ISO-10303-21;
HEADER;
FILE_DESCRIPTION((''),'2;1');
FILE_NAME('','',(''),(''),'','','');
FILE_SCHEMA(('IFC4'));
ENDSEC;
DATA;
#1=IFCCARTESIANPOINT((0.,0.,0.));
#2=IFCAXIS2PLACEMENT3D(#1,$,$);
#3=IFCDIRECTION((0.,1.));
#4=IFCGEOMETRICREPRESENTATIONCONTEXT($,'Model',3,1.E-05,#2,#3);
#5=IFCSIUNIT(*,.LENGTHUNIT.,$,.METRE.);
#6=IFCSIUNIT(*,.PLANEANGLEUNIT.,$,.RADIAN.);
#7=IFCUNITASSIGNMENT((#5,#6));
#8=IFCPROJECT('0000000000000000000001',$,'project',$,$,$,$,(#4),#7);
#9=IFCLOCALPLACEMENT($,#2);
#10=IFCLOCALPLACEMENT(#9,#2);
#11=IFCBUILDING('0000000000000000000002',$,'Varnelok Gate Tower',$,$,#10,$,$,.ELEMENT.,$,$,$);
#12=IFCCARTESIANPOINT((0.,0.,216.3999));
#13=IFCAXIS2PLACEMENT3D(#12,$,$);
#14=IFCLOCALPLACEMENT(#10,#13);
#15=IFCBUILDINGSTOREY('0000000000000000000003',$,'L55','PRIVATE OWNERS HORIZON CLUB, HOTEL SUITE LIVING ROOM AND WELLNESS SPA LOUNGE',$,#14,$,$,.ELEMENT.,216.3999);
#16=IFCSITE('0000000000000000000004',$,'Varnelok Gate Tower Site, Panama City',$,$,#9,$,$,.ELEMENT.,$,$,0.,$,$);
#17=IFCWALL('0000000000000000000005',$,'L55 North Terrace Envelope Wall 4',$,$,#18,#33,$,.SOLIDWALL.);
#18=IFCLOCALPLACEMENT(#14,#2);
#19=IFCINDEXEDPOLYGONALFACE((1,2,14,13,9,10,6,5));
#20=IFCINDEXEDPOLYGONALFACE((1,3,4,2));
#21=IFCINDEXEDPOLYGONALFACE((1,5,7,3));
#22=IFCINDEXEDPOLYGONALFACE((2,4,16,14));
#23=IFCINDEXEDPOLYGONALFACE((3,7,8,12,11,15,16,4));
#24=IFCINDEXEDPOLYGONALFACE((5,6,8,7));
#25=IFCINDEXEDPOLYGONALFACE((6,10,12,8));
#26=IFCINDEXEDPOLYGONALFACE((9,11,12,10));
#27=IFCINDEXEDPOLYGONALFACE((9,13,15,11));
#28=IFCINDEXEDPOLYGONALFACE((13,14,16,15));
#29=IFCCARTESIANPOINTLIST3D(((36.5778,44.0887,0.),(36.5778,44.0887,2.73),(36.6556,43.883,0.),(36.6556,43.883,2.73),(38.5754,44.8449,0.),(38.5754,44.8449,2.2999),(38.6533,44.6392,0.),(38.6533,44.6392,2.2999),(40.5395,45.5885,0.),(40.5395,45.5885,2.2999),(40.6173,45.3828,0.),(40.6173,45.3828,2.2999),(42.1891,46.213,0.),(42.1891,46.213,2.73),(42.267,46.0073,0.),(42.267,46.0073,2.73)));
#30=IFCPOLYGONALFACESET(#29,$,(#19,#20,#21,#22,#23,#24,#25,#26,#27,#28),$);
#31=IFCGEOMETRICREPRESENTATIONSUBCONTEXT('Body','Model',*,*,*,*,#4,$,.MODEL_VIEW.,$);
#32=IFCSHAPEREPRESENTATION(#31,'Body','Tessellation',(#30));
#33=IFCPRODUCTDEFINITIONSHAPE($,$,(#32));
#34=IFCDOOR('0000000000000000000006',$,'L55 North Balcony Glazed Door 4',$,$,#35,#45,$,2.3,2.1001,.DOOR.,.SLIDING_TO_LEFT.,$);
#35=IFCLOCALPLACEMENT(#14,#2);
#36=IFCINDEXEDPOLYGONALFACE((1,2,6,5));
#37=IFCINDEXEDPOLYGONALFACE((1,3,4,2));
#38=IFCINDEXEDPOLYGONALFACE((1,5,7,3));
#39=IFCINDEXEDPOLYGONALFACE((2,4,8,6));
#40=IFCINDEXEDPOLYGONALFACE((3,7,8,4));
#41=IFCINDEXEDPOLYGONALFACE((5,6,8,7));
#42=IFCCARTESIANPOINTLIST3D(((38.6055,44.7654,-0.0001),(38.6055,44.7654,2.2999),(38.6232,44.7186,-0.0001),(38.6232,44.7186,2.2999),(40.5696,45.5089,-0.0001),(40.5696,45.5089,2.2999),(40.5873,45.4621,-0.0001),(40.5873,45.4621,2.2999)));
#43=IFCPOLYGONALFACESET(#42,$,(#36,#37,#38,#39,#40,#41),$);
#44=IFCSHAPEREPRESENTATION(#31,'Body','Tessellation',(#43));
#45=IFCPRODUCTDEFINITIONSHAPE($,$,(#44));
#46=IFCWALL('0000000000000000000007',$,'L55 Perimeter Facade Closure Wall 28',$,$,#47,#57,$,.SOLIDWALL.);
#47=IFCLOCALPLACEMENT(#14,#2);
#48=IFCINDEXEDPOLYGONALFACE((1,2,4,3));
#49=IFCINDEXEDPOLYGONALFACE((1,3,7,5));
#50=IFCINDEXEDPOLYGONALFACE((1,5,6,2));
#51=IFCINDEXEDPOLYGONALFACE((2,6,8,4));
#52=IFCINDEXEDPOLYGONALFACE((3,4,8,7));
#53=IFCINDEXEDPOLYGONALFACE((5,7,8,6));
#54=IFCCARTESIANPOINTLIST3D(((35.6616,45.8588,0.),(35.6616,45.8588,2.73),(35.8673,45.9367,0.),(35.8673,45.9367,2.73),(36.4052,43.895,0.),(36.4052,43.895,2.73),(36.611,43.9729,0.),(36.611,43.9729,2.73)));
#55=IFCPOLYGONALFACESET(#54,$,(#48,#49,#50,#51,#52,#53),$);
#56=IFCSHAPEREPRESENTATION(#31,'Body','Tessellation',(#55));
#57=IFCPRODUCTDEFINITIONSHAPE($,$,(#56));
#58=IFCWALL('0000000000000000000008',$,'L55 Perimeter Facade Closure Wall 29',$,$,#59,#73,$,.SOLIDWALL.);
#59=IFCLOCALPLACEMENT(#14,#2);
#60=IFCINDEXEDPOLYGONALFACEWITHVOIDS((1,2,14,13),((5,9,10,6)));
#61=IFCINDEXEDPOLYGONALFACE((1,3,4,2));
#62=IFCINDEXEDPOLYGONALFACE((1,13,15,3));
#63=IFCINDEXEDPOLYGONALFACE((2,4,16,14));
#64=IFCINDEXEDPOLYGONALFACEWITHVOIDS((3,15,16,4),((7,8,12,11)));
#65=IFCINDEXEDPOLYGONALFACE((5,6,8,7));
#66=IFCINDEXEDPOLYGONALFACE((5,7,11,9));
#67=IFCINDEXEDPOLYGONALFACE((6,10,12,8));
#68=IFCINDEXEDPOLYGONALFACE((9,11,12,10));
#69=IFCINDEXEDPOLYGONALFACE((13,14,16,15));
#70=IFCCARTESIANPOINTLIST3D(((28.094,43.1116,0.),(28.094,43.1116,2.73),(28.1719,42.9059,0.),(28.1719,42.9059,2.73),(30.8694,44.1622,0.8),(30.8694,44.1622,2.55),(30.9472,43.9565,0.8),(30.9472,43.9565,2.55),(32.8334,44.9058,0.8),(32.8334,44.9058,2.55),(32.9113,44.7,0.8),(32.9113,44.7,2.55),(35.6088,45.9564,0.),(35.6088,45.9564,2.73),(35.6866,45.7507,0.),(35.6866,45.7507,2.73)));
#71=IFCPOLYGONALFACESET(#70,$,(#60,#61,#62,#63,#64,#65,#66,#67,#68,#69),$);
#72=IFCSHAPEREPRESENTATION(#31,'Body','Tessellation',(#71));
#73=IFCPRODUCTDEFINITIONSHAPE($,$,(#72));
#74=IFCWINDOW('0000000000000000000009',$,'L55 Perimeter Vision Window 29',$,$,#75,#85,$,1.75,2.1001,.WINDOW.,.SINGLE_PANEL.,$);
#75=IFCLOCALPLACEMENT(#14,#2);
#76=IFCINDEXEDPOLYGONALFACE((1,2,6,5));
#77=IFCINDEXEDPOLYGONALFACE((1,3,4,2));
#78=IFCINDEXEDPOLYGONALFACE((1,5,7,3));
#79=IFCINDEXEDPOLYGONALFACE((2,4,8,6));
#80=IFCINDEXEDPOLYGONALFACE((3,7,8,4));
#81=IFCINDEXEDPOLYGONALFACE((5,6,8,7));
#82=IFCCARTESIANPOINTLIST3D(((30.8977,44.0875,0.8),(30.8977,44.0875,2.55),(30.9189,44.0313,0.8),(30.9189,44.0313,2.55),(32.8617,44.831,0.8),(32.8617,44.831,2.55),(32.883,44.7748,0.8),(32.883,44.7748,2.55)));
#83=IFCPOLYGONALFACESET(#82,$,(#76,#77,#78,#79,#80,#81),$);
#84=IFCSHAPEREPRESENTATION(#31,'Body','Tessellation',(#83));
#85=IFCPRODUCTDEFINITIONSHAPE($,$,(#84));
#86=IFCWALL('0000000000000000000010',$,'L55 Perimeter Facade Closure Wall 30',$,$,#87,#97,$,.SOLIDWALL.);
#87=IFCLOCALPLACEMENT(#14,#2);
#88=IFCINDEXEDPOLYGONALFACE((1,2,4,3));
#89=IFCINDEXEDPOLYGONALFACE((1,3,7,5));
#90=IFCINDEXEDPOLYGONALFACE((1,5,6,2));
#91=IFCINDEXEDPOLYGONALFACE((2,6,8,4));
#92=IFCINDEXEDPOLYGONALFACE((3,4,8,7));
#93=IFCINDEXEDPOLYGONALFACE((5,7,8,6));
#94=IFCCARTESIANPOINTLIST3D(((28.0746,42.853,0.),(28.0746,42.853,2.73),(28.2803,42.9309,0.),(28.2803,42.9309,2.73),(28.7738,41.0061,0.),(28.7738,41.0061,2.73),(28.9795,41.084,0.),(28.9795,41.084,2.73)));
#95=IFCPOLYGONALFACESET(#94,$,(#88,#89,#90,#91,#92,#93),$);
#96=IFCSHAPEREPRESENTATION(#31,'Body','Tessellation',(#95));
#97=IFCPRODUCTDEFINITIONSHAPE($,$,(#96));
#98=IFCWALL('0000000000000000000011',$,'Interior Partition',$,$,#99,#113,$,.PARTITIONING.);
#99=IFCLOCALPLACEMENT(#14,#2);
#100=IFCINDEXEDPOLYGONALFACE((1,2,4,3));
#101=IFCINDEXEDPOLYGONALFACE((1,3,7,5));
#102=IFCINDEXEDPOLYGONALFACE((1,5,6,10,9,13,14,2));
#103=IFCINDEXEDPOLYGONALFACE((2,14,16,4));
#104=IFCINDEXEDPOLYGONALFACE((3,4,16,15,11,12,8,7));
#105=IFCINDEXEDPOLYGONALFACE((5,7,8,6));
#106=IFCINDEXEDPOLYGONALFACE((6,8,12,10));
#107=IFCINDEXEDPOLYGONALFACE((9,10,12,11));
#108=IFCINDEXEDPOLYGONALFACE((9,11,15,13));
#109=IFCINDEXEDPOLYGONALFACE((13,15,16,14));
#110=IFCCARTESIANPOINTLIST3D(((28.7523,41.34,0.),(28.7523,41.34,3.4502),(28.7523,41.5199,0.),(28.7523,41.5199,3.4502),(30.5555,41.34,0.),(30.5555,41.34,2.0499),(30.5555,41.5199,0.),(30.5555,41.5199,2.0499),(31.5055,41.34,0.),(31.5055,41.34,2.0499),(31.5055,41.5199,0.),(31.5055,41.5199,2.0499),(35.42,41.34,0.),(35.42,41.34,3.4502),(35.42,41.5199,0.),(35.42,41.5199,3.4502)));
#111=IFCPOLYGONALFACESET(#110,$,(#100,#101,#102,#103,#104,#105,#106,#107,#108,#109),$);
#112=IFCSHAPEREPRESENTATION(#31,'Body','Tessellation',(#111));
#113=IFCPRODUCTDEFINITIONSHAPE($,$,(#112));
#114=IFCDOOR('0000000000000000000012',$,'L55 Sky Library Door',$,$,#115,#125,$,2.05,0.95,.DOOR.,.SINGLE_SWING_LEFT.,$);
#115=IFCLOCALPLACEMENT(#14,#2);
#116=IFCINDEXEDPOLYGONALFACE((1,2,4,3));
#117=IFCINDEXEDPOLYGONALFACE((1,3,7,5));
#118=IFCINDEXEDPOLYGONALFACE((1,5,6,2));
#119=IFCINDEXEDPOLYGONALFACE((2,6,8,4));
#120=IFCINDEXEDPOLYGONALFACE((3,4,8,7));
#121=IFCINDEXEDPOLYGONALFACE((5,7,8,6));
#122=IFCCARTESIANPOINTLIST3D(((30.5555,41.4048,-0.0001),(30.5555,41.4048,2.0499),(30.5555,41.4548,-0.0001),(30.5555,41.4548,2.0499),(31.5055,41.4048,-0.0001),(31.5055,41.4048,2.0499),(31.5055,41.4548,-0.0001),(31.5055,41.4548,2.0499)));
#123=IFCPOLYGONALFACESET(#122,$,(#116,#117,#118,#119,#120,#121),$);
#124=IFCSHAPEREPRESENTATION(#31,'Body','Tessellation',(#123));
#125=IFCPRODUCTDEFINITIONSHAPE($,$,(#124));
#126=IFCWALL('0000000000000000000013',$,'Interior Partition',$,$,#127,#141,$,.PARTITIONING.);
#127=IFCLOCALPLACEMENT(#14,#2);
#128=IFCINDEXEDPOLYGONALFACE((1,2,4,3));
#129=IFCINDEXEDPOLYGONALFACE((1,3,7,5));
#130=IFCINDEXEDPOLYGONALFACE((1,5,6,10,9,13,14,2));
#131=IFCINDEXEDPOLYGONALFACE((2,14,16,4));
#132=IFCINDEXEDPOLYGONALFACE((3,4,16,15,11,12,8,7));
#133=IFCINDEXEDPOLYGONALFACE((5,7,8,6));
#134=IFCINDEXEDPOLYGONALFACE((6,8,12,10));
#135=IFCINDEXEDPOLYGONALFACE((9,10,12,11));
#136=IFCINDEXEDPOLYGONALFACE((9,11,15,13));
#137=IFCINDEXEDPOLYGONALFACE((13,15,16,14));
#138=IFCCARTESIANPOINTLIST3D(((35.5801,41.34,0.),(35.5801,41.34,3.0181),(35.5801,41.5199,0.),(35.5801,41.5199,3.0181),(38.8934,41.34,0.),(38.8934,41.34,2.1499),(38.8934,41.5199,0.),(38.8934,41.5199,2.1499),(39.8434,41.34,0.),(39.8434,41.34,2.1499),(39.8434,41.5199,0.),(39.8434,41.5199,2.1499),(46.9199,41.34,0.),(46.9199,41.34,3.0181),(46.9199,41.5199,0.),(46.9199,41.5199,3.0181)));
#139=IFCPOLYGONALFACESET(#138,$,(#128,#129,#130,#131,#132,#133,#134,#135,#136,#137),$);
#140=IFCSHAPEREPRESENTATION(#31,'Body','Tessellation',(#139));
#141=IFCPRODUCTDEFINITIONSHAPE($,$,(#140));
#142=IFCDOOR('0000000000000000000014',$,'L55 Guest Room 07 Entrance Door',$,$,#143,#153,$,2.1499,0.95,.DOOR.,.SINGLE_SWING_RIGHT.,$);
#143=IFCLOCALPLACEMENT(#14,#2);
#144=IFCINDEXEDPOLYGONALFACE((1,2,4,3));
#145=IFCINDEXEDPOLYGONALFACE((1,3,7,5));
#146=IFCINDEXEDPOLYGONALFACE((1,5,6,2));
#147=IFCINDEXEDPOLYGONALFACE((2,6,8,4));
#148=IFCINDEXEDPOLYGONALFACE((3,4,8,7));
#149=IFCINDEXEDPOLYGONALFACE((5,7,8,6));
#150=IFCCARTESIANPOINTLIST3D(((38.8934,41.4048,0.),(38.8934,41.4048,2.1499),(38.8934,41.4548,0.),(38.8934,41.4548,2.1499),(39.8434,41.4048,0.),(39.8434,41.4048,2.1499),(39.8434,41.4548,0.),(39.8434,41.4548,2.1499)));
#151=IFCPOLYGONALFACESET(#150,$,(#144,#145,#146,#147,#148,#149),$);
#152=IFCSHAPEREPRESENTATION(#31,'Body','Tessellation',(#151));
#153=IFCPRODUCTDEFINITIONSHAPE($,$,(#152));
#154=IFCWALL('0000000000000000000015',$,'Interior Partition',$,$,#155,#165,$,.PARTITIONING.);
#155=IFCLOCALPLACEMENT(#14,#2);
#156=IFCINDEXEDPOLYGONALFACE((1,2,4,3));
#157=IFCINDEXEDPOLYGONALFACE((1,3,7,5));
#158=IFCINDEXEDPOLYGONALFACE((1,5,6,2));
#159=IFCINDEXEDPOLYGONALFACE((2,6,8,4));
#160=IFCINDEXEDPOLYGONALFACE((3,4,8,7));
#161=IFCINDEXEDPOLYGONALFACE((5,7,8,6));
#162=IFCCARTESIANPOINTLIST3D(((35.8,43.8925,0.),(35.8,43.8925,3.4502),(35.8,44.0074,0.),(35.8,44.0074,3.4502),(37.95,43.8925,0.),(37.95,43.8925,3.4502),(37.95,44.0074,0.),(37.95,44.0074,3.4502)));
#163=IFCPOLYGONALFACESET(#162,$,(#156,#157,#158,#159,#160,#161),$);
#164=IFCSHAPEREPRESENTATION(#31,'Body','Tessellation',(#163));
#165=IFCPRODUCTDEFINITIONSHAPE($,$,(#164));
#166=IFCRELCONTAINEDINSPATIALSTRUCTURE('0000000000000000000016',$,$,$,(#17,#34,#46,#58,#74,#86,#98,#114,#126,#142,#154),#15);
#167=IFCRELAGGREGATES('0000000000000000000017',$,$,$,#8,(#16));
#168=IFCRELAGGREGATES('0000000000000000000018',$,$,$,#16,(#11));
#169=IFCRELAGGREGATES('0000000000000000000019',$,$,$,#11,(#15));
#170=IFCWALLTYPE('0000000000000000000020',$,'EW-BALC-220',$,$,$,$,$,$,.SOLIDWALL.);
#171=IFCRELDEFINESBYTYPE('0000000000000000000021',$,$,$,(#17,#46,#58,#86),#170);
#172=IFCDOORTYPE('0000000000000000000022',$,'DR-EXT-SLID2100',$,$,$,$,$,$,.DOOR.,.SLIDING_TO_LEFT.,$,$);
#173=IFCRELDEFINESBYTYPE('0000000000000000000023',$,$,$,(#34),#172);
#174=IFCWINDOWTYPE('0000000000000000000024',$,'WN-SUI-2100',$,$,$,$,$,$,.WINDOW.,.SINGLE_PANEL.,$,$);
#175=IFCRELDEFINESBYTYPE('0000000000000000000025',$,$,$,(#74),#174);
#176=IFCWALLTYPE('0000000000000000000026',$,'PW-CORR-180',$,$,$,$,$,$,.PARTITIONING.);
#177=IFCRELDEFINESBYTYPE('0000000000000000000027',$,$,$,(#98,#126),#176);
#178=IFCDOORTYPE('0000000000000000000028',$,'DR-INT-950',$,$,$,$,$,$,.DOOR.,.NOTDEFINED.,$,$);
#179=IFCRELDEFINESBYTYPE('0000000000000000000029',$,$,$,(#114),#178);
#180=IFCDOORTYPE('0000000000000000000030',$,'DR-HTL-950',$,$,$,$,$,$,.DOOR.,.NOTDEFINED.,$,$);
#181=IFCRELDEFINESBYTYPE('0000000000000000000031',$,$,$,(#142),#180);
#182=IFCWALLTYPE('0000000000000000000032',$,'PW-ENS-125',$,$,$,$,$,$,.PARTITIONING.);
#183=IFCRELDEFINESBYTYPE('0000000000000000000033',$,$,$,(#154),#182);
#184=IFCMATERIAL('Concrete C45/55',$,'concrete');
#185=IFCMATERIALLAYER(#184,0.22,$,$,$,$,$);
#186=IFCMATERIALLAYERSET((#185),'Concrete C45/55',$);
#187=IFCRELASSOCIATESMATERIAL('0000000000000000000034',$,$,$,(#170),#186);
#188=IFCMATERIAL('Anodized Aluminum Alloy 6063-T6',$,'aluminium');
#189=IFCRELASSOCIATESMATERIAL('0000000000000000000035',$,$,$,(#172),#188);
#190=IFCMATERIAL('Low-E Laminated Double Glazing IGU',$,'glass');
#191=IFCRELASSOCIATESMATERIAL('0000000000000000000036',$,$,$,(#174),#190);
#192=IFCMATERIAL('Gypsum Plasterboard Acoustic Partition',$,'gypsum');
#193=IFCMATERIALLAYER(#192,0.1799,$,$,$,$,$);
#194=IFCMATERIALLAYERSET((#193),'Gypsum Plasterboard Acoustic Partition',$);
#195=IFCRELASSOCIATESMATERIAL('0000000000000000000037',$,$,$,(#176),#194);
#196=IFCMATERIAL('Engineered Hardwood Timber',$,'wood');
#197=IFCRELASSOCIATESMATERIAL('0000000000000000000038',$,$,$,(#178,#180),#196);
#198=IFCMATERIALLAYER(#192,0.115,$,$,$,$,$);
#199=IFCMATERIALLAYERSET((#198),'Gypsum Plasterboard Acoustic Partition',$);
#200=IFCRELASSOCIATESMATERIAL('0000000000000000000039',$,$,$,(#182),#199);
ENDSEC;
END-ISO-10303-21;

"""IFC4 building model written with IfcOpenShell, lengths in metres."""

from ifc_helpers import new_model, si_unit, direction, frame, frame_2d, origin, place, context, subcontext, project, spatial, rectangle, extrude, material, layer, layer_set, type_object, element, fill, save


model = new_model("IFC4")

# Units and contexts
model_context = context("Model", 3, precision=1e-05, world=origin(), true_north=direction((0.0, 1.0)))
body_context = subcontext(model_context, "Body", "Model", "MODEL_VIEW")
ifc_project = project(units=[si_unit("LENGTHUNIT", "METRE"), si_unit("PLANEANGLEUNIT", "RADIAN")], contexts=[model_context])

# Site, building, storey
site_placement = place(None, origin())
site = spatial("IfcSite", under=ifc_project, at=site_placement, Name="Varnelok Gate Tower Site, Panama City", CompositionType="ELEMENT", RefElevation=0.0)
building_placement = place(site_placement, origin())
building = spatial("IfcBuilding", under=site, at=building_placement, Name="Varnelok Gate Tower", CompositionType="ELEMENT")
storey_placement = place(building_placement, frame((0.0, 0.0, 216.3999)))
storey = spatial("IfcBuildingStorey", under=building, at=storey_placement, Name="L55", Description="PRIVATE OWNERS HORIZON CLUB, HOTEL SUITE LIVING ROOM AND WELLNESS SPA LOUNGE", CompositionType="ELEMENT", Elevation=216.3999)

# Wall, opening, door
ifc_material_1 = material(Name="Concrete C45/55", Category="concrete")
ifc_layer_1 = layer(ifc_material_1, 0.22)
ifc_layer_set_1 = layer_set([ifc_layer_1], Name="Concrete C45/55")
wall_type_1 = type_object("IfcWallType", Name="EW-BALC-220", PredefinedType="SOLIDWALL", material=ifc_layer_set_1)
wall_1_placement = place(storey_placement, frame((36.6167, 43.9858, 0.0), z_axis=(0.0, 0.0, 1.0), x_axis=(0.935228, 0.354047, 0.0)))
wall_1 = element("IfcWall", 1, at=wall_1_placement, inside=storey, type_object=wall_type_1, Name="L55 North Terrace Envelope Wall 4", PredefinedType="SOLIDWALL", context=body_context, shape_type="SweptSolid", body=[
    extrude(rectangle(XDim=6.0, YDim=0.22, at=frame_2d((3.0, 0.0))), origin(), (0.0, 0.0, 1.0), 2.73),
])
opening_1_placement = place(wall_1_placement, frame((2.136, 0.0, 0.0)))
opening_1 = element("IfcOpeningElement", 2, at=opening_1_placement, cuts=wall_1, PredefinedType="OPENING", context=body_context, shape_type="SweptSolid", body=[
    extrude(rectangle(XDim=2.1001, YDim=2.3, at=frame_2d((1.05, 1.1499))), frame((0.0, 0.1199, 0.0), z_axis=(0.0, -1.0, 0.0), x_axis=(1.0, 0.0, 0.0)), (0.0, 0.0, 1.0), 0.24),
])
ifc_material_2 = material(Name="Anodized Aluminum Alloy 6063-T6", Category="aluminium")
door_type_1 = type_object("IfcDoorType", Name="DR-EXT-SLID2100", OperationType="SLIDING_TO_LEFT", PredefinedType="DOOR", material=ifc_material_2)
door_1_placement = place(opening_1_placement, origin())
door_1 = element("IfcDoor", 3, at=door_1_placement, inside=storey, type_object=door_type_1, Name="L55 North Balcony Glazed Door 4", OperationType="SLIDING_TO_LEFT", OverallHeight=2.3, OverallWidth=2.1001, PredefinedType="DOOR", context=body_context, shape_type="SweptSolid", body=[
    extrude(rectangle(XDim=2.1001, YDim=2.3, at=frame_2d((1.05, 1.1499))), frame((0.0, 0.0249, 0.0), z_axis=(0.0, -1.0, 0.0), x_axis=(1.0, 0.0, 0.0)), (0.0, 0.0, 1.0), 0.05),
])
fill(opening_1, door_1)

# Wall
wall_2_placement = place(storey_placement, frame((36.5081, 43.9341, 0.0), z_axis=(0.0, 0.0, 1.0), x_axis=(-0.354128, 0.935197, 0.0)))
element("IfcWall", 4, at=wall_2_placement, inside=storey, type_object=wall_type_1, Name="L55 Perimeter Facade Closure Wall 28", PredefinedType="SOLIDWALL", context=body_context, shape_type="SweptSolid", body=[
    extrude(rectangle(XDim=2.0999, YDim=0.22, at=frame_2d((1.0498, 0.0))), origin(), (0.0, 0.0, 1.0), 2.73),
])

# Wall, opening, window
wall_3_placement = place(storey_placement, frame((35.6477, 45.8535, 0.0), z_axis=(0.0, 0.0, 1.0), x_axis=(-0.935231, -0.354039, 0.0)))
wall_3 = element("IfcWall", 5, at=wall_3_placement, inside=storey, type_object=wall_type_1, Name="L55 Perimeter Facade Closure Wall 29", PredefinedType="SOLIDWALL", context=body_context, shape_type="SweptSolid", body=[
    extrude(rectangle(XDim=8.0352, YDim=0.22, at=frame_2d((4.0176, 0.0))), origin(), (0.0, 0.0, 1.0), 2.73),
])
opening_2_placement = place(wall_3_placement, frame((2.9675, 0.0, 0.8)))
opening_2 = element("IfcOpeningElement", 6, at=opening_2_placement, cuts=wall_3, PredefinedType="OPENING", context=body_context, shape_type="SweptSolid", body=[
    extrude(rectangle(XDim=2.1001, YDim=1.75, at=frame_2d((1.05, 0.875))), frame((0.0, 0.1199, 0.0), z_axis=(0.0, -1.0, 0.0), x_axis=(1.0, 0.0, 0.0)), (0.0, 0.0, 1.0), 0.24),
])
ifc_material_3 = material(Name="Low-E Laminated Double Glazing IGU", Category="glass")
window_type = type_object("IfcWindowType", Name="WN-SUI-2100", PartitioningType="SINGLE_PANEL", PredefinedType="WINDOW", material=ifc_material_3)
window_placement = place(opening_2_placement, origin())
window = element("IfcWindow", 7, at=window_placement, inside=storey, type_object=window_type, Name="L55 Perimeter Vision Window 29", OverallHeight=1.75, OverallWidth=2.1001, PartitioningType="SINGLE_PANEL", PredefinedType="WINDOW", context=body_context, shape_type="SweptSolid", body=[
    extrude(rectangle(XDim=2.1001, YDim=1.75, at=frame_2d((1.05, 0.875))), frame((0.0, 0.03, 0.0), z_axis=(0.0, -1.0, 0.0), x_axis=(1.0, 0.0, 0.0)), (0.0, 0.0, 1.0), 0.0601),
])
fill(opening_2, window)

# Wall
wall_4_placement = place(storey_placement, frame((28.1775, 42.8918, 0.0), z_axis=(0.0, 0.0, 1.0), x_axis=(0.354062, -0.935222, 0.0)))
element("IfcWall", 8, at=wall_4_placement, inside=storey, type_object=wall_type_1, Name="L55 Perimeter Facade Closure Wall 30", PredefinedType="SOLIDWALL", context=body_context, shape_type="SweptSolid", body=[
    extrude(rectangle(XDim=1.9749, YDim=0.22, at=frame_2d((0.9873, 0.0))), origin(), (0.0, 0.0, 1.0), 2.73),
])

# Walls, openings, doors
ifc_material_4 = material(Name="Gypsum Plasterboard Acoustic Partition", Category="gypsum")
ifc_layer_2 = layer(ifc_material_4, 0.1799)
ifc_layer_set_2 = layer_set([ifc_layer_2], Name="Gypsum Plasterboard Acoustic Partition")
wall_type_2 = type_object("IfcWallType", Name="PW-CORR-180", PredefinedType="PARTITIONING", material=ifc_layer_set_2)
wall_5_placement = place(storey_placement, frame((28.7522, 41.4299, 0.0), z_axis=(0.0, 0.0, 1.0), x_axis=(1.0, 0.0, 0.0)))
wall_5 = element("IfcWall", 9, at=wall_5_placement, inside=storey, type_object=wall_type_2, Name="Interior Partition", PredefinedType="PARTITIONING", context=body_context, shape_type="SweptSolid", body=[
    extrude(rectangle(XDim=6.6677, YDim=0.1799, at=frame_2d((3.334, 0.0))), origin(), (0.0, 0.0, 1.0), 3.4502),
])
opening_3_placement = place(wall_5_placement, frame((1.8032, 0.0, 0.0)))
opening_3 = element("IfcOpeningElement", 10, at=opening_3_placement, cuts=wall_5, PredefinedType="OPENING", context=body_context, shape_type="SweptSolid", body=[
    extrude(rectangle(XDim=0.95, YDim=2.05, at=frame_2d((0.4751, 1.0249))), frame((0.0, 0.0999, 0.0), z_axis=(0.0, -1.0, 0.0), x_axis=(1.0, 0.0, 0.0)), (0.0, 0.0, 1.0), 0.2),
])
ifc_material_5 = material(Name="Engineered Hardwood Timber", Category="wood")
door_type_2 = type_object("IfcDoorType", Name="DR-INT-950", OperationType="NOTDEFINED", PredefinedType="DOOR", material=ifc_material_5)
door_2_placement = place(opening_3_placement, origin())
door_2 = element("IfcDoor", 11, at=door_2_placement, inside=storey, type_object=door_type_2, Name="L55 Sky Library Door", OperationType="SINGLE_SWING_LEFT", OverallHeight=2.05, OverallWidth=0.95, PredefinedType="DOOR", context=body_context, shape_type="SweptSolid", body=[
    extrude(rectangle(XDim=0.95, YDim=2.05, at=frame_2d((0.4751, 1.0249))), frame((0.0, 0.0249, 0.0), z_axis=(0.0, -1.0, 0.0), x_axis=(1.0, 0.0, 0.0)), (0.0, 0.0, 1.0), 0.05),
])
fill(opening_3, door_2)
wall_6_placement = place(storey_placement, frame((35.5801, 41.4299, 0.0), z_axis=(0.0, 0.0, 1.0), x_axis=(1.0, 0.0, 0.0)))
wall_6 = element("IfcWall", 12, at=wall_6_placement, inside=storey, type_object=wall_type_2, Name="Interior Partition", PredefinedType="PARTITIONING", context=body_context, shape_type="SweptSolid", body=[
    extrude(rectangle(XDim=11.3398, YDim=0.1799, at=frame_2d((5.6699, 0.0))), origin(), (0.0, 0.0, 1.0), 3.0181),
])
opening_4_placement = place(wall_6_placement, frame((3.3132, 0.0, 0.0)))
opening_4 = element("IfcOpeningElement", 13, at=opening_4_placement, cuts=wall_6, PredefinedType="OPENING", context=body_context, shape_type="SweptSolid", body=[
    extrude(rectangle(XDim=0.95, YDim=2.1499, at=frame_2d((0.4751, 1.075))), frame((0.0, 0.0999, 0.0), z_axis=(0.0, -1.0, 0.0), x_axis=(1.0, 0.0, 0.0)), (0.0, 0.0, 1.0), 0.2),
])
door_type_3 = type_object("IfcDoorType", Name="DR-HTL-950", OperationType="NOTDEFINED", PredefinedType="DOOR", material=ifc_material_5)
door_3_placement = place(opening_4_placement, origin())
door_3 = element("IfcDoor", 14, at=door_3_placement, inside=storey, type_object=door_type_3, Name="L55 Guest Room 07 Entrance Door", OperationType="SINGLE_SWING_RIGHT", OverallHeight=2.1499, OverallWidth=0.95, PredefinedType="DOOR", context=body_context, shape_type="SweptSolid", body=[
    extrude(rectangle(XDim=0.95, YDim=2.1499, at=frame_2d((0.4751, 1.075))), frame((0.0, 0.0249, 0.0), z_axis=(0.0, -1.0, 0.0), x_axis=(1.0, 0.0, 0.0)), (0.0, 0.0, 1.0), 0.05),
])
fill(opening_4, door_3)

# Wall
ifc_layer_3 = layer(ifc_material_4, 0.115)
ifc_layer_set_3 = layer_set([ifc_layer_3], Name="Gypsum Plasterboard Acoustic Partition")
wall_type_3 = type_object("IfcWallType", Name="PW-ENS-125", PredefinedType="PARTITIONING", material=ifc_layer_set_3)
wall_7_placement = place(storey_placement, frame((35.8, 43.95, 0.0), z_axis=(0.0, 0.0, 1.0), x_axis=(1.0, 0.0, 0.0)))
element("IfcWall", 15, at=wall_7_placement, inside=storey, type_object=wall_type_3, Name="Interior Partition", PredefinedType="PARTITIONING", context=body_context, shape_type="SweptSolid", body=[
    extrude(rectangle(XDim=2.1499, YDim=0.115, at=frame_2d((1.075, 0.0))), origin(), (0.0, 0.0, 1.0), 3.4502),
])

save(model, "model.ifc")
